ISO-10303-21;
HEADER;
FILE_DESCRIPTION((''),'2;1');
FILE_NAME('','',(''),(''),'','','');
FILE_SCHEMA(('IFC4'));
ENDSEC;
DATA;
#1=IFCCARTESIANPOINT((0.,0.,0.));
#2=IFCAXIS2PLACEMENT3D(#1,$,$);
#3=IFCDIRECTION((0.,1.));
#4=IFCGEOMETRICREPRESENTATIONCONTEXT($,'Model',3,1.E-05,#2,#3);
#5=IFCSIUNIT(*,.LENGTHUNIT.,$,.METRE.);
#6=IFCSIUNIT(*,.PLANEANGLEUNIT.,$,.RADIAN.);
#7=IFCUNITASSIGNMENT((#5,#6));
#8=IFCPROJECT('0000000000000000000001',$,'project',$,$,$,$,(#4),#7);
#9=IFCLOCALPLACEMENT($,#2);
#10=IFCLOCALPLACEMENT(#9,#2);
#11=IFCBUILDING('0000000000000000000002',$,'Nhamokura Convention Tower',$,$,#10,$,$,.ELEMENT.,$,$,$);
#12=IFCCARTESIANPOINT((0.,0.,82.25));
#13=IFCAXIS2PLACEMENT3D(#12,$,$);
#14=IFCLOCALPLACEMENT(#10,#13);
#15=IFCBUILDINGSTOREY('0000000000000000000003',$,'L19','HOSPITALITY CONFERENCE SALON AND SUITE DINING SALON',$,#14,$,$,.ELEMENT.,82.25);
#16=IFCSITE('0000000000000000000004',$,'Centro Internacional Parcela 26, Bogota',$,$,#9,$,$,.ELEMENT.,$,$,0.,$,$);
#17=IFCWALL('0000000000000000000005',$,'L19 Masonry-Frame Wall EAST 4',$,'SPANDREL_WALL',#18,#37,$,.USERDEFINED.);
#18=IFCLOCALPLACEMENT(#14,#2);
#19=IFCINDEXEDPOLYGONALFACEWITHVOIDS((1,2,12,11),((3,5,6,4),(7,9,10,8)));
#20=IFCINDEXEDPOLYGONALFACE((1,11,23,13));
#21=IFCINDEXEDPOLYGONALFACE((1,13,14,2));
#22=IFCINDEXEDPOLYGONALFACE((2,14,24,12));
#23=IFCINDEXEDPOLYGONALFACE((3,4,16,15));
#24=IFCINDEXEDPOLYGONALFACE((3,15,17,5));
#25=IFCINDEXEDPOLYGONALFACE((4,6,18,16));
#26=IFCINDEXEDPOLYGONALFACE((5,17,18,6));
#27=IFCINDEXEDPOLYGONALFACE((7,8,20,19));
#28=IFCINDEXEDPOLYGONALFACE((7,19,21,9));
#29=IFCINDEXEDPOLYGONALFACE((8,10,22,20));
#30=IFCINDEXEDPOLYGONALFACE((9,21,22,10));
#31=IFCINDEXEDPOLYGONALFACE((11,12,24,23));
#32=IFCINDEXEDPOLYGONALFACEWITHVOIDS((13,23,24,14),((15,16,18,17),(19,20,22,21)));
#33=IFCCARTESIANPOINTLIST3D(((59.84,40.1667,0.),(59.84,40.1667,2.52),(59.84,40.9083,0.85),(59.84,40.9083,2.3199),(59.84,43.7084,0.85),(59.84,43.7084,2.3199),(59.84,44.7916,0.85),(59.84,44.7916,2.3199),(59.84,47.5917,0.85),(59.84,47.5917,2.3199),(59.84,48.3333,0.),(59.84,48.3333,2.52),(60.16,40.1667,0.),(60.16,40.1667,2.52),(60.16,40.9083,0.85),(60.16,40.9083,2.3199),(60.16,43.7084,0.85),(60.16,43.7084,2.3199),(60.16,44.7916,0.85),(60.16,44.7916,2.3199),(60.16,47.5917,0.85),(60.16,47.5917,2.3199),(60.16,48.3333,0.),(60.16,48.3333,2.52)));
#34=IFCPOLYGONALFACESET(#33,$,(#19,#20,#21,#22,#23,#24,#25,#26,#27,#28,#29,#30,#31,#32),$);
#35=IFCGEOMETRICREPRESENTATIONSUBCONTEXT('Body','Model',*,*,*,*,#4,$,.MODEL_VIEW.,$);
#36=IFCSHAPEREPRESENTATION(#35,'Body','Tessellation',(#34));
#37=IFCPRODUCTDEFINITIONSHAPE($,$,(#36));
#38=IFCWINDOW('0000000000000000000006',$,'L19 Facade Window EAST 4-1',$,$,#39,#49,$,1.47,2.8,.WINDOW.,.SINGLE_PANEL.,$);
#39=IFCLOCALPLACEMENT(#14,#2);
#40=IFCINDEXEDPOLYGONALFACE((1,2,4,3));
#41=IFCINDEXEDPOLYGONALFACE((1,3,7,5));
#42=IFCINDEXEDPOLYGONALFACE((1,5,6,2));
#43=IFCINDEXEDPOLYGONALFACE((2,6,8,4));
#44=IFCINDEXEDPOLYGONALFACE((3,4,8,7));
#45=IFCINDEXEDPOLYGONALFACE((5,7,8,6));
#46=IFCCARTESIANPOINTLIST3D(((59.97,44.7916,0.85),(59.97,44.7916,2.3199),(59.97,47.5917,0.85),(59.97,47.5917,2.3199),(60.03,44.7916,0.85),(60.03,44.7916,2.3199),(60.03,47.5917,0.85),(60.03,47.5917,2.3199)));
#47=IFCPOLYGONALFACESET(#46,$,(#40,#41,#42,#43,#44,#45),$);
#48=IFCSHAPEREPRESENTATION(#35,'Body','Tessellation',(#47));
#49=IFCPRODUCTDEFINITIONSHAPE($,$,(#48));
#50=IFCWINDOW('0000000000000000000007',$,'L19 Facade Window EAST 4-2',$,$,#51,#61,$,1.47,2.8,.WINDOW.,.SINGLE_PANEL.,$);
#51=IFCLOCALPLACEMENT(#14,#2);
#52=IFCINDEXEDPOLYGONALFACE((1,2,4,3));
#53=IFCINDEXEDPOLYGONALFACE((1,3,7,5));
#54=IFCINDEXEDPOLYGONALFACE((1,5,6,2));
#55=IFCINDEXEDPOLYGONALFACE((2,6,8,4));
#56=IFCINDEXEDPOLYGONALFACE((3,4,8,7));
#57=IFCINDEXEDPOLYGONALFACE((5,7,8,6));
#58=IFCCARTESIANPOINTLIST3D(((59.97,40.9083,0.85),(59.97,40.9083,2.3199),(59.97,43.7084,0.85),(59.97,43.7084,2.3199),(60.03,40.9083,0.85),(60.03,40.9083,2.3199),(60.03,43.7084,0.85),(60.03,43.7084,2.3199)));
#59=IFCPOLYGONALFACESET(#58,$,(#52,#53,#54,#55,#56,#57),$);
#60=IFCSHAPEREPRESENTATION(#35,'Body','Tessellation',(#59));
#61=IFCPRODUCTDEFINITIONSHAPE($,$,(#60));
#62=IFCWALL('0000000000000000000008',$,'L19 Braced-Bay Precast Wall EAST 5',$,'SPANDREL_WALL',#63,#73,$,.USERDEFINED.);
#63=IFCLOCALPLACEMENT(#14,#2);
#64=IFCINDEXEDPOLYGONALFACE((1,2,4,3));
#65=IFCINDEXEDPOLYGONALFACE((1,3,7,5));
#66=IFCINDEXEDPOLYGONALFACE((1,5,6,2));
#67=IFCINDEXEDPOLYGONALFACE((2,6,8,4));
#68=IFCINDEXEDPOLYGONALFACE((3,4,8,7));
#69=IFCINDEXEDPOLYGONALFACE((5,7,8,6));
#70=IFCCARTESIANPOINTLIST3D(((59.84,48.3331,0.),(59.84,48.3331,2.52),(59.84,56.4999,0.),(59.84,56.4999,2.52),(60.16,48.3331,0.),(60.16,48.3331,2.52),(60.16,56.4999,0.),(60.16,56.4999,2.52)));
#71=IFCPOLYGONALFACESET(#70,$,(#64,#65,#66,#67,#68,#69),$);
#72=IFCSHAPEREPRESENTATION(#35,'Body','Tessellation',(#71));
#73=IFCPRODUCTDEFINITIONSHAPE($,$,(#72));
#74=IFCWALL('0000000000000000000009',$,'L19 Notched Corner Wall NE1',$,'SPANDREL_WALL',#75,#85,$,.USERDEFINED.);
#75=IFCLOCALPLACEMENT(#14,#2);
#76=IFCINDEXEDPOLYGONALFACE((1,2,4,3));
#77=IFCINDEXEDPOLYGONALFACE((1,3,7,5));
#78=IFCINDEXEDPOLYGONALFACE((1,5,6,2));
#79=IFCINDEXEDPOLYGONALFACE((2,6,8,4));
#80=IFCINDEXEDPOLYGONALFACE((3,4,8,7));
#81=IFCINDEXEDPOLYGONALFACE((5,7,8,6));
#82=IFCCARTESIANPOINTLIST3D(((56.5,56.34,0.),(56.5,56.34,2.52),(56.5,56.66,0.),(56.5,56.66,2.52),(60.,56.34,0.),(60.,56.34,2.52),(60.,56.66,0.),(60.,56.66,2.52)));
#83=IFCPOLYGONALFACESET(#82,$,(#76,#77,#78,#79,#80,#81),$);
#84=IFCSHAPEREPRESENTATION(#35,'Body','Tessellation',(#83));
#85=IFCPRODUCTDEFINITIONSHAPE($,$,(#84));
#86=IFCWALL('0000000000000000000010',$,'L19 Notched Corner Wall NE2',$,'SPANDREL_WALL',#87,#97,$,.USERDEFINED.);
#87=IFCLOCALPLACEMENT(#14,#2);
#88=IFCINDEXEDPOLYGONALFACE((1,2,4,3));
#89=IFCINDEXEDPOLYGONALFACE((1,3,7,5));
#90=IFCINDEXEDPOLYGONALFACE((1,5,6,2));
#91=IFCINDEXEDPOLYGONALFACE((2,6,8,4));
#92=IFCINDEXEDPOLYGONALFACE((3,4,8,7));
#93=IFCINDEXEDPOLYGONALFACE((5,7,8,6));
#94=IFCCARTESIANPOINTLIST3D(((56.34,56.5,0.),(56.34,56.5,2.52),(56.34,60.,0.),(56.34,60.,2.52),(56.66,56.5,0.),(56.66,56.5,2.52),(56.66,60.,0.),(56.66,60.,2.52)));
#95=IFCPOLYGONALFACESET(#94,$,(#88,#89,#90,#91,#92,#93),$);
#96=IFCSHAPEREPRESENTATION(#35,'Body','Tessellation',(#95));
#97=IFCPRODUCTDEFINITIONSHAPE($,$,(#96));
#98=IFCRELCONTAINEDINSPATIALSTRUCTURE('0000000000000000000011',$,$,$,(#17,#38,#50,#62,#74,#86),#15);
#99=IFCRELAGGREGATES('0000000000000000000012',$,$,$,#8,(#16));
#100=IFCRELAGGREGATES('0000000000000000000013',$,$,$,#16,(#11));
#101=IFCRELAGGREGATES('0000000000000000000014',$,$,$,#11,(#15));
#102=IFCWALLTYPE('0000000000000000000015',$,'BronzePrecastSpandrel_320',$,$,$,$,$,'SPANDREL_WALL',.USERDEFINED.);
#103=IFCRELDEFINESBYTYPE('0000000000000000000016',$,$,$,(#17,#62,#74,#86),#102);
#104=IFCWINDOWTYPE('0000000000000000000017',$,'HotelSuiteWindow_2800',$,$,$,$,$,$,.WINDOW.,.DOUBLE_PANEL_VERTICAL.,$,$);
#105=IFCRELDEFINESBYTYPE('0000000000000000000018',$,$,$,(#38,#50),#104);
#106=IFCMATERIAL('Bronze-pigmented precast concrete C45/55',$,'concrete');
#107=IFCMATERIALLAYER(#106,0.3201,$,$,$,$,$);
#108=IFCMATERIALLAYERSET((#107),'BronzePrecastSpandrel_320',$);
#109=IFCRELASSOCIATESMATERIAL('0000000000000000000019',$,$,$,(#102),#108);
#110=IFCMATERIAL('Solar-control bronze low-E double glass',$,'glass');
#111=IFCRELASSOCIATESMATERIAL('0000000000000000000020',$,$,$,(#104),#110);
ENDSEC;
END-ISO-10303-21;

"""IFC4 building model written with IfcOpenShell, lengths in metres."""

from ifc_helpers import new_model, si_unit, direction, frame, frame_2d, origin, place, context, subcontext, project, spatial, rectangle, extrude, material, layer, layer_set, type_object, element, fill, save


model = new_model("IFC4")

# Units and contexts
model_context = context("Model", 3, precision=1e-05, world=origin(), true_north=direction((0.0, 1.0)))
body_context = subcontext(model_context, "Body", "Model", "MODEL_VIEW")
ifc_project = project(units=[si_unit("LENGTHUNIT", "METRE"), si_unit("PLANEANGLEUNIT", "RADIAN")], contexts=[model_context])

# Site, building, storey
site_placement = place(None, origin())
site = spatial("IfcSite", under=ifc_project, at=site_placement, Name="Centro Internacional Parcela 26, Bogota", CompositionType="ELEMENT", RefElevation=0.0)
building_placement = place(site_placement, origin())
building = spatial("IfcBuilding", under=site, at=building_placement, Name="Nhamokura Convention Tower", CompositionType="ELEMENT")
storey_placement = place(building_placement, frame((0.0, 0.0, 82.25)))
storey = spatial("IfcBuildingStorey", under=building, at=storey_placement, Name="L19", Description="HOSPITALITY CONFERENCE SALON AND SUITE DINING SALON", CompositionType="ELEMENT", Elevation=82.25)

# Shared definitions
ifc_material_1 = material(Name="Bronze-pigmented precast concrete C45/55", Category="concrete")
ifc_layer = layer(ifc_material_1, 0.3201)
ifc_layer_set = layer_set([ifc_layer], Name="BronzePrecastSpandrel_320")
wall_type = type_object("IfcWallType", Name="BronzePrecastSpandrel_320", ElementType="SPANDREL_WALL", PredefinedType="USERDEFINED", material=ifc_layer_set)
ifc_material_2 = material(Name="Solar-control bronze low-E double glass", Category="glass")
window_type = type_object("IfcWindowType", Name="HotelSuiteWindow_2800", PartitioningType="DOUBLE_PANEL_VERTICAL", PredefinedType="WINDOW", material=ifc_material_2)

# Wall, openings, windows
wall_1_placement = place(storey_placement, frame((60.0, 48.3333, 0.0), z_axis=(0.0, 0.0, 1.0), x_axis=(0.0, -1.0, 0.0)))
wall_1 = element("IfcWall", 1, at=wall_1_placement, inside=storey, type_object=wall_type, Name="L19 Masonry-Frame Wall EAST 4", ObjectType="SPANDREL_WALL", PredefinedType="USERDEFINED", context=body_context, shape_type="SweptSolid", body=[
    extrude(rectangle(XDim=8.1665, YDim=0.3201, at=frame_2d((4.0833, 0.0))), origin(), (0.0, 0.0, 1.0), 2.52),
])
opening_1_placement = place(wall_1_placement, frame((0.7417, 0.0, 0.8501)))
opening_1 = element("IfcOpeningElement", 2, at=opening_1_placement, cuts=wall_1, PredefinedType="OPENING", context=body_context, shape_type="SweptSolid", body=[
    extrude(rectangle(XDim=2.8, YDim=1.47, at=frame_2d((1.3999, 0.7349))), frame((0.0, 0.1699, 0.0), z_axis=(0.0, -1.0, 0.0), x_axis=(1.0, 0.0, 0.0)), (0.0, 0.0, 1.0), 0.3401),
])
opening_2_placement = place(wall_1_placement, frame((4.625, 0.0, 0.8501)))
opening_2 = element("IfcOpeningElement", 3, at=opening_2_placement, cuts=wall_1, PredefinedType="OPENING", context=body_context, shape_type="SweptSolid", body=[
    extrude(rectangle(XDim=2.8, YDim=1.47, at=frame_2d((1.3999, 0.7349))), frame((0.0, 0.1699, 0.0), z_axis=(0.0, -1.0, 0.0), x_axis=(1.0, 0.0, 0.0)), (0.0, 0.0, 1.0), 0.3401),
])
window_1_placement = place(opening_1_placement, origin())
window_1 = element("IfcWindow", 4, at=window_1_placement, inside=storey, type_object=window_type, Name="L19 Facade Window EAST 4-1", OverallHeight=1.47, OverallWidth=2.8, PartitioningType="SINGLE_PANEL", PredefinedType="WINDOW", context=body_context, shape_type="SweptSolid", body=[
    extrude(rectangle(XDim=2.8, YDim=1.47, at=frame_2d((1.3999, 0.7349))), frame((0.0, 0.03, 0.0), z_axis=(0.0, -1.0, 0.0), x_axis=(1.0, 0.0, 0.0)), (0.0, 0.0, 1.0), 0.0601),
])
fill(opening_1, window_1)
window_2_placement = place(opening_2_placement, origin())
window_2 = element("IfcWindow", 5, at=window_2_placement, inside=storey, type_object=window_type, Name="L19 Facade Window EAST 4-2", OverallHeight=1.47, OverallWidth=2.8, PartitioningType="SINGLE_PANEL", PredefinedType="WINDOW", context=body_context, shape_type="SweptSolid", body=[
    extrude(rectangle(XDim=2.8, YDim=1.47, at=frame_2d((1.3999, 0.7349))), frame((0.0, 0.03, 0.0), z_axis=(0.0, -1.0, 0.0), x_axis=(1.0, 0.0, 0.0)), (0.0, 0.0, 1.0), 0.0601),
])
fill(opening_2, window_2)

# Walls
wall_2_placement = place(storey_placement, frame((60.0, 56.5, 0.0), z_axis=(0.0, 0.0, 1.0), x_axis=(0.0, -1.0, 0.0)))
element("IfcWall", 6, at=wall_2_placement, inside=storey, type_object=wall_type, Name="L19 Braced-Bay Precast Wall EAST 5", ObjectType="SPANDREL_WALL", PredefinedType="USERDEFINED", context=body_context, shape_type="SweptSolid", body=[
    extrude(rectangle(XDim=8.1667, YDim=0.3201, at=frame_2d((4.0835, 0.0))), origin(), (0.0, 0.0, 1.0), 2.52),
])
for number, where, z_axis, x_axis, name in (
    (7, (56.5, 56.5, 0.0), (0.0, 0.0, 1.0), (1.0, 0.0, 0.0), "L19 Notched Corner Wall NE1"),
    (8, (56.5, 60.0, 0.0), (0.0, 0.0, 1.0), (0.0, -1.0, 0.0), "L19 Notched Corner Wall NE2"),
):
    element("IfcWall", number, at=place(storey_placement, frame(where, z_axis=z_axis, x_axis=x_axis)), inside=storey, type_object=wall_type, Name=name, ObjectType="SPANDREL_WALL", PredefinedType="USERDEFINED", context=body_context, shape_type="SweptSolid", body=[
        extrude(rectangle(XDim=3.5, YDim=0.3201, at=frame_2d((1.75, 0.0))), origin(), (0.0, 0.0, 1.0), 2.52),
    ])

save(model, "model.ifc")
